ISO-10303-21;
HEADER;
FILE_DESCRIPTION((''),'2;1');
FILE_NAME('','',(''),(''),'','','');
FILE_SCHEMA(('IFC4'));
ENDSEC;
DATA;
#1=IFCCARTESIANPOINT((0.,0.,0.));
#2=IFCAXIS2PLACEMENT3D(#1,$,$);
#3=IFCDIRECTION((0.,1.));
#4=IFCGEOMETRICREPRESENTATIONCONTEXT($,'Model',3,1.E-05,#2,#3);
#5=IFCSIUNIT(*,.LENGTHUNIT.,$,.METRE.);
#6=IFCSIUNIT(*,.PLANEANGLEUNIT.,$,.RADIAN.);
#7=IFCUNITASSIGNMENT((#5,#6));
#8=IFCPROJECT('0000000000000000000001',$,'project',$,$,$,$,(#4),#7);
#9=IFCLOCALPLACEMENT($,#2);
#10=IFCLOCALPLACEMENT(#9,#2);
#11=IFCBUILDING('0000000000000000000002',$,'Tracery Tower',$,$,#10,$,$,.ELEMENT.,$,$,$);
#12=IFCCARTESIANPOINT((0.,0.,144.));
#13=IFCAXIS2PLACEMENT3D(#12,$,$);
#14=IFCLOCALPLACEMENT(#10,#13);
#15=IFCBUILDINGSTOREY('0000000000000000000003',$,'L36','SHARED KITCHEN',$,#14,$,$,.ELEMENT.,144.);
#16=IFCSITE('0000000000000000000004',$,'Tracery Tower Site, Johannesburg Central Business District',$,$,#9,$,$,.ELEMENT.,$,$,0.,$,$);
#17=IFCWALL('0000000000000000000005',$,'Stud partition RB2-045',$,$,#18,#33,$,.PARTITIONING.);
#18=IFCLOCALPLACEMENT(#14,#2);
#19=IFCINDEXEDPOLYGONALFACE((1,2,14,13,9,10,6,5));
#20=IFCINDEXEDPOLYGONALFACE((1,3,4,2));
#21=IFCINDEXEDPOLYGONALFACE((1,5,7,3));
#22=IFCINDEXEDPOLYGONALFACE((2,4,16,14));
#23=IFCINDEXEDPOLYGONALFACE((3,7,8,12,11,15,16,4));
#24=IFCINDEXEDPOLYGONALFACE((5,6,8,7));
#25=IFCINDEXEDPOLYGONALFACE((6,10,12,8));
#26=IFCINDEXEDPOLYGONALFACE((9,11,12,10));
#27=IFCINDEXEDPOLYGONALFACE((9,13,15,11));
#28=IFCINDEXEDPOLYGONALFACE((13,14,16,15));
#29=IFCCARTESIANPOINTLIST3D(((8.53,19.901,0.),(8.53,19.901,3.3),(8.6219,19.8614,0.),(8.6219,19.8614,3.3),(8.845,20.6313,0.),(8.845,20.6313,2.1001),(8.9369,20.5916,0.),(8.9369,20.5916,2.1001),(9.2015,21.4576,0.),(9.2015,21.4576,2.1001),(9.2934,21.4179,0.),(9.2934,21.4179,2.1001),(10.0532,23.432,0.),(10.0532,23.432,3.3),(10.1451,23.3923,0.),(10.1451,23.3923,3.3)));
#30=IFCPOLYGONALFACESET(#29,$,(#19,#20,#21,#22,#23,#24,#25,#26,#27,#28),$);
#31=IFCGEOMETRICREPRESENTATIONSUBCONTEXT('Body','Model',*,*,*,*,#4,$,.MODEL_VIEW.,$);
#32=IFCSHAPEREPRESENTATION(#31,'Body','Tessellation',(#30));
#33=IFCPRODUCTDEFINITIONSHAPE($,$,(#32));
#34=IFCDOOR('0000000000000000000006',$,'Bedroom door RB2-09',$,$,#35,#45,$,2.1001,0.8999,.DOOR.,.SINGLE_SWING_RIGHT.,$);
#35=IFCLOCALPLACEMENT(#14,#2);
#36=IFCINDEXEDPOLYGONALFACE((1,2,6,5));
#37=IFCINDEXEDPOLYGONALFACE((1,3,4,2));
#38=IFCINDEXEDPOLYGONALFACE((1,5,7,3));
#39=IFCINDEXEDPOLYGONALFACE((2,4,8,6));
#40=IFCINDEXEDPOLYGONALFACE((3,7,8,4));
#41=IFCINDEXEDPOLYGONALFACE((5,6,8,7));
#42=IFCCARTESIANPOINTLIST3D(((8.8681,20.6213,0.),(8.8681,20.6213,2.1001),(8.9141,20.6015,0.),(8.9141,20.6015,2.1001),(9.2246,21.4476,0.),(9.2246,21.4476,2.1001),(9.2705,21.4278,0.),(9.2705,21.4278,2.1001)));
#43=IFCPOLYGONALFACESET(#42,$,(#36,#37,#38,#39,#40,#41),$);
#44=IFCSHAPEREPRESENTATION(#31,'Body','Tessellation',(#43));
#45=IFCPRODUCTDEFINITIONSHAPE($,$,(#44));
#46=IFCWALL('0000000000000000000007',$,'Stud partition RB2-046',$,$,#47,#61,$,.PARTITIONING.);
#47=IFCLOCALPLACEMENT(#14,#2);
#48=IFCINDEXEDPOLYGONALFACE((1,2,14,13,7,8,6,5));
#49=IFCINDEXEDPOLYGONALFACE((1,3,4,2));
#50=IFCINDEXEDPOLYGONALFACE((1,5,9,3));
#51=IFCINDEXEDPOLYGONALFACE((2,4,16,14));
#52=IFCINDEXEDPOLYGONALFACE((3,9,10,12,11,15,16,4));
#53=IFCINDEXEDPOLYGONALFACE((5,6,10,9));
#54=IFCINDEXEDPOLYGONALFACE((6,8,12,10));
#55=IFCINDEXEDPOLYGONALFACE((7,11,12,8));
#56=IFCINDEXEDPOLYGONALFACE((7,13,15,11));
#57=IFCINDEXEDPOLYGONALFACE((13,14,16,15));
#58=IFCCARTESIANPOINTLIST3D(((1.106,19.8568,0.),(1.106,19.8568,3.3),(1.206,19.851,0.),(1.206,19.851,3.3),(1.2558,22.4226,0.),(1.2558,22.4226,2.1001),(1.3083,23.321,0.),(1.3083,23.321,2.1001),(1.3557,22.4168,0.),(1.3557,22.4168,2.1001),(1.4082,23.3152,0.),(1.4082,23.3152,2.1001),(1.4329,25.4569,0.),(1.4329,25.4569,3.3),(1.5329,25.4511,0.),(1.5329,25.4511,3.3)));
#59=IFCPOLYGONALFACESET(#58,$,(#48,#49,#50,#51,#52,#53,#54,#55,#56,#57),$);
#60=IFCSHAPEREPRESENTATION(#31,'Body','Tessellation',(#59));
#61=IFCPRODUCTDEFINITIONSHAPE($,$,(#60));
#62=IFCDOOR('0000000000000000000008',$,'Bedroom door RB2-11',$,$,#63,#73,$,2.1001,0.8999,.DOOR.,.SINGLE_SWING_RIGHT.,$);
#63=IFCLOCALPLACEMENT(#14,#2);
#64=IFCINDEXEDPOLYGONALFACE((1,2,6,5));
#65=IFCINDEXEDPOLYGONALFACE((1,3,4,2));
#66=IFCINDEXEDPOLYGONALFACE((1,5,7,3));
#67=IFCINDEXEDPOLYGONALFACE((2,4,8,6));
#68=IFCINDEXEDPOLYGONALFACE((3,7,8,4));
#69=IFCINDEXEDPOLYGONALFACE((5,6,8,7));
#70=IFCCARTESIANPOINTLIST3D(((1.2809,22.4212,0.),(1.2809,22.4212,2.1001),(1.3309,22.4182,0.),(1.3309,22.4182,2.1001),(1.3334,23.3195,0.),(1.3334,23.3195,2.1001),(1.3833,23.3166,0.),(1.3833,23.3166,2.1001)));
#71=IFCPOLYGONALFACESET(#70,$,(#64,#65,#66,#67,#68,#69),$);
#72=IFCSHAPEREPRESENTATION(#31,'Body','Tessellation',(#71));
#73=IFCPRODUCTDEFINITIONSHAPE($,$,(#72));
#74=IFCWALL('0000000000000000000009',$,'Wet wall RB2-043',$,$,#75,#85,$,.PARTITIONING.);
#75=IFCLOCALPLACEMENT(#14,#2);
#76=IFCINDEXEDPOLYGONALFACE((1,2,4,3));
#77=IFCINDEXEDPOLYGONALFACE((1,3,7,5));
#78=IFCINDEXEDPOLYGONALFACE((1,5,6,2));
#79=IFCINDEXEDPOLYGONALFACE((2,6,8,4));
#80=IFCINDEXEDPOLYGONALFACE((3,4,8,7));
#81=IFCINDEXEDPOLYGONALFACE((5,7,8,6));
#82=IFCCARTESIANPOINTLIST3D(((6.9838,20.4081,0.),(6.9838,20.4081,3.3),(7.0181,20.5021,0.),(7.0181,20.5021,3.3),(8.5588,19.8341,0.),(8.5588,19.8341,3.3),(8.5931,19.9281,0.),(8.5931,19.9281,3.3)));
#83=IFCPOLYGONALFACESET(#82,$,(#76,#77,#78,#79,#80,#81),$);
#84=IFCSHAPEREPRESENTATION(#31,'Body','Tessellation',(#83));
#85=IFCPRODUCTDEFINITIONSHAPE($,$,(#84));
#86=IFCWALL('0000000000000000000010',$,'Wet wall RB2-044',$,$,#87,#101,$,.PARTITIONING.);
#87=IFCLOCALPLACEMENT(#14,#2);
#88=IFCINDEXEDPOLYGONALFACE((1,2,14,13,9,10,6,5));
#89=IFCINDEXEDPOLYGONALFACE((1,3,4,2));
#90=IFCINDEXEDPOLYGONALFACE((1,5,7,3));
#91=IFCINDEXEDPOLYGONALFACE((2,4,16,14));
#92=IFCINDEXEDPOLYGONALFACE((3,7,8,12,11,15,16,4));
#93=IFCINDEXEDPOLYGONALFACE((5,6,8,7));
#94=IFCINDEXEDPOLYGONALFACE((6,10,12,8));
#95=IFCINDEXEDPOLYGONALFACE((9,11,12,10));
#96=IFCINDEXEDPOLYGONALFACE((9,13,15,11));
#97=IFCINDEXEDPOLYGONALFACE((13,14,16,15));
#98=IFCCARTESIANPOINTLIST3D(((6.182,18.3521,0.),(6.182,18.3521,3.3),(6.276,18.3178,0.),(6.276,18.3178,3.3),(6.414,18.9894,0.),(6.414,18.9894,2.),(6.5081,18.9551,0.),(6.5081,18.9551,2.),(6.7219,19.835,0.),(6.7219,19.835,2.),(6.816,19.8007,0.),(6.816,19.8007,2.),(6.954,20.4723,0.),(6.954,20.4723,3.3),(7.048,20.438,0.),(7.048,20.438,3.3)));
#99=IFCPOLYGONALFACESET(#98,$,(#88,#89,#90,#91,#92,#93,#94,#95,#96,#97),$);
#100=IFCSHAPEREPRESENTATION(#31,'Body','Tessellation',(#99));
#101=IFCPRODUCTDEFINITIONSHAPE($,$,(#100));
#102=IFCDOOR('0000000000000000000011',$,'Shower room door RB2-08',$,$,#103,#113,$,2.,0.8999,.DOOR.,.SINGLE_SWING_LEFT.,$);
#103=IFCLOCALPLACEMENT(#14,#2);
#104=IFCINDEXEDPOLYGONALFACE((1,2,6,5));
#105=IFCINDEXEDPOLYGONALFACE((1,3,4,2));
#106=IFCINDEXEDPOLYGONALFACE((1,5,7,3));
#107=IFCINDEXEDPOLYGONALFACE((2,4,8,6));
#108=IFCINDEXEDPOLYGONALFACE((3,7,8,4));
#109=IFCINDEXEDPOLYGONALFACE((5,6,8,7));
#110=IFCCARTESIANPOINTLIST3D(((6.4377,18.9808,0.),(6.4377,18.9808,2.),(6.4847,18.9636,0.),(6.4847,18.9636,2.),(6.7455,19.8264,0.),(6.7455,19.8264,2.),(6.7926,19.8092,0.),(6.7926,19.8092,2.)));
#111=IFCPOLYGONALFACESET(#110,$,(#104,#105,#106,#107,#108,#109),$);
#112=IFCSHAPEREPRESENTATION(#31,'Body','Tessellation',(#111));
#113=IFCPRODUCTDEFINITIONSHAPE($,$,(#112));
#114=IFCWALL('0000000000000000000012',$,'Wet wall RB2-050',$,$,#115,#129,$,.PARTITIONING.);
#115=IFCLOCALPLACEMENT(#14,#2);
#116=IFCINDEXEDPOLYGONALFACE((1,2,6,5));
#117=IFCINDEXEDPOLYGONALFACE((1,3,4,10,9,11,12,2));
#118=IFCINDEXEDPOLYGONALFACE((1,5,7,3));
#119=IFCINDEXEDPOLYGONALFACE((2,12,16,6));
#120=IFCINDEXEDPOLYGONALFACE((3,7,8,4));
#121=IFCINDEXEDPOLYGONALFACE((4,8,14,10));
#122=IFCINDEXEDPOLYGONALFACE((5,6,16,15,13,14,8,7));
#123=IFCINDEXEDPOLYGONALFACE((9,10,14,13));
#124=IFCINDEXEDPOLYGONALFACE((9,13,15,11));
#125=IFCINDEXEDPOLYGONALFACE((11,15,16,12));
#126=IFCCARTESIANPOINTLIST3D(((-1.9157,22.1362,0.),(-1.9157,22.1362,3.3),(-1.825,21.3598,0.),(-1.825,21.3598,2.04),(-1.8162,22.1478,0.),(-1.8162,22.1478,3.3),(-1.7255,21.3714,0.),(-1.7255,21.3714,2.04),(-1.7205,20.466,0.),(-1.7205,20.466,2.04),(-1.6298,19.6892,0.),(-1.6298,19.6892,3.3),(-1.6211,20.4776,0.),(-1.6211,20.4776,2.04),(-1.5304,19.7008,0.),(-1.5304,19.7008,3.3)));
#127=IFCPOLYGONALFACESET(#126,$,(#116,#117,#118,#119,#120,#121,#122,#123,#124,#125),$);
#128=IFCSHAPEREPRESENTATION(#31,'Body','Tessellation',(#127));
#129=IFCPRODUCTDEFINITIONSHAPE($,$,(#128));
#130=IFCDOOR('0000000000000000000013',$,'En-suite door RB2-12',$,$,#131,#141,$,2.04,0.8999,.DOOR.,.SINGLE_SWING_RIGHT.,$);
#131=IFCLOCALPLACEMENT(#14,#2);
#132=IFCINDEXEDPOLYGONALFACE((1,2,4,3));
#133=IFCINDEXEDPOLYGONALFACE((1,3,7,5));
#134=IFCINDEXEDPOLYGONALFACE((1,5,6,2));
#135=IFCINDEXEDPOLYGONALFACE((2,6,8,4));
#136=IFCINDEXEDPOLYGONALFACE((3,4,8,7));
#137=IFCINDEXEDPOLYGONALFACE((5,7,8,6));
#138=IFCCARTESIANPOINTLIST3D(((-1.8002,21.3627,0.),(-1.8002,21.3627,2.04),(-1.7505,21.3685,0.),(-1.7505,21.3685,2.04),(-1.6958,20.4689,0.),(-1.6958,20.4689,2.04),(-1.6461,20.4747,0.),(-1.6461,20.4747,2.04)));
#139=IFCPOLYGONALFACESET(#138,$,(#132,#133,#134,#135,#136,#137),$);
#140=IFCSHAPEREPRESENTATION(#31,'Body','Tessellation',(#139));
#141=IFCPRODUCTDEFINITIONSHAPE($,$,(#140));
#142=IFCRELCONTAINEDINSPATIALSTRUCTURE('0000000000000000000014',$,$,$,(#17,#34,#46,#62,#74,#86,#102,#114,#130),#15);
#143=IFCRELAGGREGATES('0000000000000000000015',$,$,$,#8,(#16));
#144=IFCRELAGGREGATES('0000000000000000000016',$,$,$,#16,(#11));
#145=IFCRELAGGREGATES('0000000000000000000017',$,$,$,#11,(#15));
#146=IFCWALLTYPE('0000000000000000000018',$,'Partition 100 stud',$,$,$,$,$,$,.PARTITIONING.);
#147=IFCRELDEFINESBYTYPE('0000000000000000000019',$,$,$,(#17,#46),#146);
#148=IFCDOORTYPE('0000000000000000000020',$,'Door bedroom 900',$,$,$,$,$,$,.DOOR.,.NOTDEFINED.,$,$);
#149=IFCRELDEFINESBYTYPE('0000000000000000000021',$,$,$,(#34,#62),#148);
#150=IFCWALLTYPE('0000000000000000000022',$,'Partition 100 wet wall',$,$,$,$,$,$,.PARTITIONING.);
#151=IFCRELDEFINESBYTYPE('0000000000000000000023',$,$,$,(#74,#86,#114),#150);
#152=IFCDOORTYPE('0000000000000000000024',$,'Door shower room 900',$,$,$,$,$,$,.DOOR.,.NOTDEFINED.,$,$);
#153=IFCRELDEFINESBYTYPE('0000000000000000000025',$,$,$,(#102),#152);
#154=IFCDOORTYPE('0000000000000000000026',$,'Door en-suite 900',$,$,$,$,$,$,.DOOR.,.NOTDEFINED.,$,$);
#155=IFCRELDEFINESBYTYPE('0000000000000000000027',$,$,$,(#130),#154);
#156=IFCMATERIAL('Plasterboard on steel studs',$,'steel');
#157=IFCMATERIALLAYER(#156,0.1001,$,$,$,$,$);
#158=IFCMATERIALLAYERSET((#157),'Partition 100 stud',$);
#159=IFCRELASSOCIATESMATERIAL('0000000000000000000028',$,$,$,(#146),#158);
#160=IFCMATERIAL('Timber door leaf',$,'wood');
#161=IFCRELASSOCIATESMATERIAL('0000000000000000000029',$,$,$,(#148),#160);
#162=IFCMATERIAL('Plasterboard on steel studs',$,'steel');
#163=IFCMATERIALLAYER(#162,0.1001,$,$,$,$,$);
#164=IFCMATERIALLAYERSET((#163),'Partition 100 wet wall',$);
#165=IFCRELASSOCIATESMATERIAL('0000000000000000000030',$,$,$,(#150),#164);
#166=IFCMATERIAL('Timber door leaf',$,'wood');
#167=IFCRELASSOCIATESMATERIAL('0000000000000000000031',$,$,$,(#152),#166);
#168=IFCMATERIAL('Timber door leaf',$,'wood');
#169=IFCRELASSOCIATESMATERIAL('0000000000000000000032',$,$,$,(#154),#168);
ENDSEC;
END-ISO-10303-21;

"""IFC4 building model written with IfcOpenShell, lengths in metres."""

from ifc_helpers import new_model, si_unit, direction, frame, frame_2d, origin, place, context, subcontext, project, spatial, rectangle, extrude, material, layer, layer_set, type_object, element, fill, save


model = new_model("IFC4")

# Units and contexts
model_context = context("Model", 3, precision=1e-05, world=origin(), true_north=direction((0.0, 1.0)))
body_context = subcontext(model_context, "Body", "Model", "MODEL_VIEW")
ifc_project = project(units=[si_unit("LENGTHUNIT", "METRE"), si_unit("PLANEANGLEUNIT", "RADIAN")], contexts=[model_context])

# Site, building, storey
site_placement = place(None, origin())
site = spatial("IfcSite", under=ifc_project, at=site_placement, Name="Tracery Tower Site, Johannesburg Central Business District", CompositionType="ELEMENT", RefElevation=0.0)
building_placement = place(site_placement, origin())
building = spatial("IfcBuilding", under=site, at=building_placement, Name="Tracery Tower", CompositionType="ELEMENT")
storey_placement = place(building_placement, frame((0.0, 0.0, 144.0)))
storey = spatial("IfcBuildingStorey", under=building, at=storey_placement, Name="L36", Description="SHARED KITCHEN", CompositionType="ELEMENT", Elevation=144.0)

# Walls, openings, doors
ifc_material_1 = material(Name="Plasterboard on steel studs", Category="steel")
ifc_layer_1 = layer(ifc_material_1, 0.1001)
ifc_layer_set_1 = layer_set([ifc_layer_1], Name="Partition 100 stud")
wall_type_1 = type_object("IfcWallType", Name="Partition 100 stud", PredefinedType="PARTITIONING", material=ifc_layer_set_1)
wall_1_placement = place(storey_placement, frame((8.5759, 19.8811, 0.0), z_axis=(0.0, 0.0, 1.0), x_axis=(0.396094, 0.91821, 0.0)))
wall_1 = element("IfcWall", 1, at=wall_1_placement, inside=storey, type_object=wall_type_1, Name="Stud partition RB2-045", PredefinedType="PARTITIONING", context=body_context, shape_type="SweptSolid", body=[
    extrude(rectangle(XDim=3.8455, YDim=0.1001, at=frame_2d((1.9229, 0.0))), origin(), (0.0, 0.0, 1.0), 3.3),
])
opening_1_placement = place(wall_1_placement, frame((0.7954, 0.0, 0.0)))
opening_1 = element("IfcOpeningElement", 2, at=opening_1_placement, cuts=wall_1, PredefinedType="OPENING", context=body_context, shape_type="SweptSolid", body=[
    extrude(rectangle(XDim=0.8999, YDim=2.1001, at=frame_2d((0.45, 1.05))), frame((0.0, 0.05, 0.0), z_axis=(0.0, -1.0, 0.0), x_axis=(1.0, 0.0, 0.0)), (0.0, 0.0, 1.0), 0.1001),
])
ifc_material_2 = material(Name="Timber door leaf", Category="wood")
door_type_1 = type_object("IfcDoorType", Name="Door bedroom 900", OperationType="NOTDEFINED", PredefinedType="DOOR", material=ifc_material_2)
door_1_placement = place(opening_1_placement, origin())
door_1 = element("IfcDoor", 3, at=door_1_placement, inside=storey, type_object=door_type_1, Name="Bedroom door RB2-09", OperationType="SINGLE_SWING_RIGHT", OverallHeight=2.1001, OverallWidth=0.8999, PredefinedType="DOOR", context=body_context, shape_type="SweptSolid", body=[
    extrude(rectangle(XDim=0.8999, YDim=2.1001, at=frame_2d((0.45, 1.05))), frame((0.0, 0.0249, 0.0), z_axis=(0.0, -1.0, 0.0), x_axis=(1.0, 0.0, 0.0)), (0.0, 0.0, 1.0), 0.05),
])
fill(opening_1, door_1)
wall_2_placement = place(storey_placement, frame((1.156, 19.854, 0.0), z_axis=(0.0, 0.0, 1.0), x_axis=(0.058276, 0.998301, 0.0)))
wall_2 = element("IfcWall", 4, at=wall_2_placement, inside=storey, type_object=wall_type_1, Name="Stud partition RB2-046", PredefinedType="PARTITIONING", context=body_context, shape_type="SweptSolid", body=[
    extrude(rectangle(XDim=5.6096, YDim=0.1001, at=frame_2d((2.8047, 0.0))), origin(), (0.0, 0.0, 1.0), 3.3),
])
opening_2_placement = place(wall_2_placement, frame((2.5701, 0.0, 0.0)))
opening_2 = element("IfcOpeningElement", 5, at=opening_2_placement, cuts=wall_2, PredefinedType="OPENING", context=body_context, shape_type="SweptSolid", body=[
    extrude(rectangle(XDim=0.8999, YDim=2.1001, at=frame_2d((0.45, 1.05))), frame((0.0, 0.05, 0.0), z_axis=(0.0, -1.0, 0.0), x_axis=(1.0, 0.0, 0.0)), (0.0, 0.0, 1.0), 0.1001),
])
door_2_placement = place(opening_2_placement, origin())
door_2 = element("IfcDoor", 6, at=door_2_placement, inside=storey, type_object=door_type_1, Name="Bedroom door RB2-11", OperationType="SINGLE_SWING_RIGHT", OverallHeight=2.1001, OverallWidth=0.8999, PredefinedType="DOOR", context=body_context, shape_type="SweptSolid", body=[
    extrude(rectangle(XDim=0.8999, YDim=2.1001, at=frame_2d((0.45, 1.05))), frame((0.0, 0.0249, 0.0), z_axis=(0.0, -1.0, 0.0), x_axis=(1.0, 0.0, 0.0)), (0.0, 0.0, 1.0), 0.05),
])
fill(opening_2, door_2)

# Wall
ifc_material_3 = material(Name="Plasterboard on steel studs", Category="steel")
ifc_layer_2 = layer(ifc_material_3, 0.1001)
ifc_layer_set_2 = layer_set([ifc_layer_2], Name="Partition 100 wet wall")
wall_type_2 = type_object("IfcWallType", Name="Partition 100 wet wall", PredefinedType="PARTITIONING", material=ifc_layer_set_2)
wall_3_placement = place(storey_placement, frame((7.001, 20.4551, 0.0), z_axis=(0.0, 0.0, 1.0), x_axis=(0.939551, -0.34241, 0.0)))
element("IfcWall", 7, at=wall_3_placement, inside=storey, type_object=wall_type_2, Name="Wet wall RB2-043", PredefinedType="PARTITIONING", context=body_context, shape_type="SweptSolid", body=[
    extrude(rectangle(XDim=1.6763, YDim=0.1001, at=frame_2d((0.8381, 0.0))), origin(), (0.0, 0.0, 1.0), 3.3),
])

# Walls, openings, doors
wall_4_placement = place(storey_placement, frame((6.229, 18.335, 0.0), z_axis=(0.0, 0.0, 1.0), x_axis=(0.342143, 0.939648, 0.0)))
wall_4 = element("IfcWall", 8, at=wall_4_placement, inside=storey, type_object=wall_type_2, Name="Wet wall RB2-044", PredefinedType="PARTITIONING", context=body_context, shape_type="SweptSolid", body=[
    extrude(rectangle(XDim=2.2563, YDim=0.1001, at=frame_2d((1.1282, 0.0))), origin(), (0.0, 0.0, 1.0), 3.3),
])
opening_3_placement = place(wall_4_placement, frame((0.6782, 0.0, 0.0)))
opening_3 = element("IfcOpeningElement", 9, at=opening_3_placement, cuts=wall_4, PredefinedType="OPENING", context=body_context, shape_type="SweptSolid", body=[
    extrude(rectangle(XDim=0.8999, YDim=2.0, at=frame_2d((0.45, 1.0))), frame((0.0, 0.05, 0.0), z_axis=(0.0, -1.0, 0.0), x_axis=(1.0, 0.0, 0.0)), (0.0, 0.0, 1.0), 0.1001),
])
ifc_material_4 = material(Name="Timber door leaf", Category="wood")
door_type_2 = type_object("IfcDoorType", Name="Door shower room 900", OperationType="NOTDEFINED", PredefinedType="DOOR", material=ifc_material_4)
door_3_placement = place(opening_3_placement, origin())
door_3 = element("IfcDoor", 10, at=door_3_placement, inside=storey, type_object=door_type_2, Name="Shower room door RB2-08", OperationType="SINGLE_SWING_LEFT", OverallHeight=2.0, OverallWidth=0.8999, PredefinedType="DOOR", context=body_context, shape_type="SweptSolid", body=[
    extrude(rectangle(XDim=0.8999, YDim=2.0, at=frame_2d((0.45, 1.0))), frame((0.0, 0.0249, 0.0), z_axis=(0.0, -1.0, 0.0), x_axis=(1.0, 0.0, 0.0)), (0.0, 0.0, 1.0), 0.05),
])
fill(opening_3, door_3)
wall_5_placement = place(storey_placement, frame((-1.866, 22.1421, 0.0), z_axis=(0.0, 0.0, 1.0), x_axis=(0.116042, -0.993244, 0.0)))
wall_5 = element("IfcWall", 11, at=wall_5_placement, inside=storey, type_object=wall_type_2, Name="Wet wall RB2-050", PredefinedType="PARTITIONING", context=body_context, shape_type="SweptSolid", body=[
    extrude(rectangle(XDim=2.4636, YDim=0.1001, at=frame_2d((1.2319, 0.0))), origin(), (0.0, 0.0, 1.0), 3.3),
])
opening_4_placement = place(wall_5_placement, frame((0.7817, 0.0, 0.0)))
opening_4 = element("IfcOpeningElement", 12, at=opening_4_placement, cuts=wall_5, PredefinedType="OPENING", context=body_context, shape_type="SweptSolid", body=[
    extrude(rectangle(XDim=0.8999, YDim=2.04, at=frame_2d((0.45, 1.02))), frame((0.0, 0.05, 0.0), z_axis=(0.0, -1.0, 0.0), x_axis=(1.0, 0.0, 0.0)), (0.0, 0.0, 1.0), 0.1001),
])
ifc_material_5 = material(Name="Timber door leaf", Category="wood")
door_type_3 = type_object("IfcDoorType", Name="Door en-suite 900", OperationType="NOTDEFINED", PredefinedType="DOOR", material=ifc_material_5)
door_4_placement = place(opening_4_placement, origin())
door_4 = element("IfcDoor", 13, at=door_4_placement, inside=storey, type_object=door_type_3, Name="En-suite door RB2-12", OperationType="SINGLE_SWING_RIGHT", OverallHeight=2.04, OverallWidth=0.8999, PredefinedType="DOOR", context=body_context, shape_type="SweptSolid", body=[
    extrude(rectangle(XDim=0.8999, YDim=2.04, at=frame_2d((0.45, 1.02))), frame((0.0, 0.0249, 0.0), z_axis=(0.0, -1.0, 0.0), x_axis=(1.0, 0.0, 0.0)), (0.0, 0.0, 1.0), 0.05),
])
fill(opening_4, door_4)

save(model, "model.ifc")
